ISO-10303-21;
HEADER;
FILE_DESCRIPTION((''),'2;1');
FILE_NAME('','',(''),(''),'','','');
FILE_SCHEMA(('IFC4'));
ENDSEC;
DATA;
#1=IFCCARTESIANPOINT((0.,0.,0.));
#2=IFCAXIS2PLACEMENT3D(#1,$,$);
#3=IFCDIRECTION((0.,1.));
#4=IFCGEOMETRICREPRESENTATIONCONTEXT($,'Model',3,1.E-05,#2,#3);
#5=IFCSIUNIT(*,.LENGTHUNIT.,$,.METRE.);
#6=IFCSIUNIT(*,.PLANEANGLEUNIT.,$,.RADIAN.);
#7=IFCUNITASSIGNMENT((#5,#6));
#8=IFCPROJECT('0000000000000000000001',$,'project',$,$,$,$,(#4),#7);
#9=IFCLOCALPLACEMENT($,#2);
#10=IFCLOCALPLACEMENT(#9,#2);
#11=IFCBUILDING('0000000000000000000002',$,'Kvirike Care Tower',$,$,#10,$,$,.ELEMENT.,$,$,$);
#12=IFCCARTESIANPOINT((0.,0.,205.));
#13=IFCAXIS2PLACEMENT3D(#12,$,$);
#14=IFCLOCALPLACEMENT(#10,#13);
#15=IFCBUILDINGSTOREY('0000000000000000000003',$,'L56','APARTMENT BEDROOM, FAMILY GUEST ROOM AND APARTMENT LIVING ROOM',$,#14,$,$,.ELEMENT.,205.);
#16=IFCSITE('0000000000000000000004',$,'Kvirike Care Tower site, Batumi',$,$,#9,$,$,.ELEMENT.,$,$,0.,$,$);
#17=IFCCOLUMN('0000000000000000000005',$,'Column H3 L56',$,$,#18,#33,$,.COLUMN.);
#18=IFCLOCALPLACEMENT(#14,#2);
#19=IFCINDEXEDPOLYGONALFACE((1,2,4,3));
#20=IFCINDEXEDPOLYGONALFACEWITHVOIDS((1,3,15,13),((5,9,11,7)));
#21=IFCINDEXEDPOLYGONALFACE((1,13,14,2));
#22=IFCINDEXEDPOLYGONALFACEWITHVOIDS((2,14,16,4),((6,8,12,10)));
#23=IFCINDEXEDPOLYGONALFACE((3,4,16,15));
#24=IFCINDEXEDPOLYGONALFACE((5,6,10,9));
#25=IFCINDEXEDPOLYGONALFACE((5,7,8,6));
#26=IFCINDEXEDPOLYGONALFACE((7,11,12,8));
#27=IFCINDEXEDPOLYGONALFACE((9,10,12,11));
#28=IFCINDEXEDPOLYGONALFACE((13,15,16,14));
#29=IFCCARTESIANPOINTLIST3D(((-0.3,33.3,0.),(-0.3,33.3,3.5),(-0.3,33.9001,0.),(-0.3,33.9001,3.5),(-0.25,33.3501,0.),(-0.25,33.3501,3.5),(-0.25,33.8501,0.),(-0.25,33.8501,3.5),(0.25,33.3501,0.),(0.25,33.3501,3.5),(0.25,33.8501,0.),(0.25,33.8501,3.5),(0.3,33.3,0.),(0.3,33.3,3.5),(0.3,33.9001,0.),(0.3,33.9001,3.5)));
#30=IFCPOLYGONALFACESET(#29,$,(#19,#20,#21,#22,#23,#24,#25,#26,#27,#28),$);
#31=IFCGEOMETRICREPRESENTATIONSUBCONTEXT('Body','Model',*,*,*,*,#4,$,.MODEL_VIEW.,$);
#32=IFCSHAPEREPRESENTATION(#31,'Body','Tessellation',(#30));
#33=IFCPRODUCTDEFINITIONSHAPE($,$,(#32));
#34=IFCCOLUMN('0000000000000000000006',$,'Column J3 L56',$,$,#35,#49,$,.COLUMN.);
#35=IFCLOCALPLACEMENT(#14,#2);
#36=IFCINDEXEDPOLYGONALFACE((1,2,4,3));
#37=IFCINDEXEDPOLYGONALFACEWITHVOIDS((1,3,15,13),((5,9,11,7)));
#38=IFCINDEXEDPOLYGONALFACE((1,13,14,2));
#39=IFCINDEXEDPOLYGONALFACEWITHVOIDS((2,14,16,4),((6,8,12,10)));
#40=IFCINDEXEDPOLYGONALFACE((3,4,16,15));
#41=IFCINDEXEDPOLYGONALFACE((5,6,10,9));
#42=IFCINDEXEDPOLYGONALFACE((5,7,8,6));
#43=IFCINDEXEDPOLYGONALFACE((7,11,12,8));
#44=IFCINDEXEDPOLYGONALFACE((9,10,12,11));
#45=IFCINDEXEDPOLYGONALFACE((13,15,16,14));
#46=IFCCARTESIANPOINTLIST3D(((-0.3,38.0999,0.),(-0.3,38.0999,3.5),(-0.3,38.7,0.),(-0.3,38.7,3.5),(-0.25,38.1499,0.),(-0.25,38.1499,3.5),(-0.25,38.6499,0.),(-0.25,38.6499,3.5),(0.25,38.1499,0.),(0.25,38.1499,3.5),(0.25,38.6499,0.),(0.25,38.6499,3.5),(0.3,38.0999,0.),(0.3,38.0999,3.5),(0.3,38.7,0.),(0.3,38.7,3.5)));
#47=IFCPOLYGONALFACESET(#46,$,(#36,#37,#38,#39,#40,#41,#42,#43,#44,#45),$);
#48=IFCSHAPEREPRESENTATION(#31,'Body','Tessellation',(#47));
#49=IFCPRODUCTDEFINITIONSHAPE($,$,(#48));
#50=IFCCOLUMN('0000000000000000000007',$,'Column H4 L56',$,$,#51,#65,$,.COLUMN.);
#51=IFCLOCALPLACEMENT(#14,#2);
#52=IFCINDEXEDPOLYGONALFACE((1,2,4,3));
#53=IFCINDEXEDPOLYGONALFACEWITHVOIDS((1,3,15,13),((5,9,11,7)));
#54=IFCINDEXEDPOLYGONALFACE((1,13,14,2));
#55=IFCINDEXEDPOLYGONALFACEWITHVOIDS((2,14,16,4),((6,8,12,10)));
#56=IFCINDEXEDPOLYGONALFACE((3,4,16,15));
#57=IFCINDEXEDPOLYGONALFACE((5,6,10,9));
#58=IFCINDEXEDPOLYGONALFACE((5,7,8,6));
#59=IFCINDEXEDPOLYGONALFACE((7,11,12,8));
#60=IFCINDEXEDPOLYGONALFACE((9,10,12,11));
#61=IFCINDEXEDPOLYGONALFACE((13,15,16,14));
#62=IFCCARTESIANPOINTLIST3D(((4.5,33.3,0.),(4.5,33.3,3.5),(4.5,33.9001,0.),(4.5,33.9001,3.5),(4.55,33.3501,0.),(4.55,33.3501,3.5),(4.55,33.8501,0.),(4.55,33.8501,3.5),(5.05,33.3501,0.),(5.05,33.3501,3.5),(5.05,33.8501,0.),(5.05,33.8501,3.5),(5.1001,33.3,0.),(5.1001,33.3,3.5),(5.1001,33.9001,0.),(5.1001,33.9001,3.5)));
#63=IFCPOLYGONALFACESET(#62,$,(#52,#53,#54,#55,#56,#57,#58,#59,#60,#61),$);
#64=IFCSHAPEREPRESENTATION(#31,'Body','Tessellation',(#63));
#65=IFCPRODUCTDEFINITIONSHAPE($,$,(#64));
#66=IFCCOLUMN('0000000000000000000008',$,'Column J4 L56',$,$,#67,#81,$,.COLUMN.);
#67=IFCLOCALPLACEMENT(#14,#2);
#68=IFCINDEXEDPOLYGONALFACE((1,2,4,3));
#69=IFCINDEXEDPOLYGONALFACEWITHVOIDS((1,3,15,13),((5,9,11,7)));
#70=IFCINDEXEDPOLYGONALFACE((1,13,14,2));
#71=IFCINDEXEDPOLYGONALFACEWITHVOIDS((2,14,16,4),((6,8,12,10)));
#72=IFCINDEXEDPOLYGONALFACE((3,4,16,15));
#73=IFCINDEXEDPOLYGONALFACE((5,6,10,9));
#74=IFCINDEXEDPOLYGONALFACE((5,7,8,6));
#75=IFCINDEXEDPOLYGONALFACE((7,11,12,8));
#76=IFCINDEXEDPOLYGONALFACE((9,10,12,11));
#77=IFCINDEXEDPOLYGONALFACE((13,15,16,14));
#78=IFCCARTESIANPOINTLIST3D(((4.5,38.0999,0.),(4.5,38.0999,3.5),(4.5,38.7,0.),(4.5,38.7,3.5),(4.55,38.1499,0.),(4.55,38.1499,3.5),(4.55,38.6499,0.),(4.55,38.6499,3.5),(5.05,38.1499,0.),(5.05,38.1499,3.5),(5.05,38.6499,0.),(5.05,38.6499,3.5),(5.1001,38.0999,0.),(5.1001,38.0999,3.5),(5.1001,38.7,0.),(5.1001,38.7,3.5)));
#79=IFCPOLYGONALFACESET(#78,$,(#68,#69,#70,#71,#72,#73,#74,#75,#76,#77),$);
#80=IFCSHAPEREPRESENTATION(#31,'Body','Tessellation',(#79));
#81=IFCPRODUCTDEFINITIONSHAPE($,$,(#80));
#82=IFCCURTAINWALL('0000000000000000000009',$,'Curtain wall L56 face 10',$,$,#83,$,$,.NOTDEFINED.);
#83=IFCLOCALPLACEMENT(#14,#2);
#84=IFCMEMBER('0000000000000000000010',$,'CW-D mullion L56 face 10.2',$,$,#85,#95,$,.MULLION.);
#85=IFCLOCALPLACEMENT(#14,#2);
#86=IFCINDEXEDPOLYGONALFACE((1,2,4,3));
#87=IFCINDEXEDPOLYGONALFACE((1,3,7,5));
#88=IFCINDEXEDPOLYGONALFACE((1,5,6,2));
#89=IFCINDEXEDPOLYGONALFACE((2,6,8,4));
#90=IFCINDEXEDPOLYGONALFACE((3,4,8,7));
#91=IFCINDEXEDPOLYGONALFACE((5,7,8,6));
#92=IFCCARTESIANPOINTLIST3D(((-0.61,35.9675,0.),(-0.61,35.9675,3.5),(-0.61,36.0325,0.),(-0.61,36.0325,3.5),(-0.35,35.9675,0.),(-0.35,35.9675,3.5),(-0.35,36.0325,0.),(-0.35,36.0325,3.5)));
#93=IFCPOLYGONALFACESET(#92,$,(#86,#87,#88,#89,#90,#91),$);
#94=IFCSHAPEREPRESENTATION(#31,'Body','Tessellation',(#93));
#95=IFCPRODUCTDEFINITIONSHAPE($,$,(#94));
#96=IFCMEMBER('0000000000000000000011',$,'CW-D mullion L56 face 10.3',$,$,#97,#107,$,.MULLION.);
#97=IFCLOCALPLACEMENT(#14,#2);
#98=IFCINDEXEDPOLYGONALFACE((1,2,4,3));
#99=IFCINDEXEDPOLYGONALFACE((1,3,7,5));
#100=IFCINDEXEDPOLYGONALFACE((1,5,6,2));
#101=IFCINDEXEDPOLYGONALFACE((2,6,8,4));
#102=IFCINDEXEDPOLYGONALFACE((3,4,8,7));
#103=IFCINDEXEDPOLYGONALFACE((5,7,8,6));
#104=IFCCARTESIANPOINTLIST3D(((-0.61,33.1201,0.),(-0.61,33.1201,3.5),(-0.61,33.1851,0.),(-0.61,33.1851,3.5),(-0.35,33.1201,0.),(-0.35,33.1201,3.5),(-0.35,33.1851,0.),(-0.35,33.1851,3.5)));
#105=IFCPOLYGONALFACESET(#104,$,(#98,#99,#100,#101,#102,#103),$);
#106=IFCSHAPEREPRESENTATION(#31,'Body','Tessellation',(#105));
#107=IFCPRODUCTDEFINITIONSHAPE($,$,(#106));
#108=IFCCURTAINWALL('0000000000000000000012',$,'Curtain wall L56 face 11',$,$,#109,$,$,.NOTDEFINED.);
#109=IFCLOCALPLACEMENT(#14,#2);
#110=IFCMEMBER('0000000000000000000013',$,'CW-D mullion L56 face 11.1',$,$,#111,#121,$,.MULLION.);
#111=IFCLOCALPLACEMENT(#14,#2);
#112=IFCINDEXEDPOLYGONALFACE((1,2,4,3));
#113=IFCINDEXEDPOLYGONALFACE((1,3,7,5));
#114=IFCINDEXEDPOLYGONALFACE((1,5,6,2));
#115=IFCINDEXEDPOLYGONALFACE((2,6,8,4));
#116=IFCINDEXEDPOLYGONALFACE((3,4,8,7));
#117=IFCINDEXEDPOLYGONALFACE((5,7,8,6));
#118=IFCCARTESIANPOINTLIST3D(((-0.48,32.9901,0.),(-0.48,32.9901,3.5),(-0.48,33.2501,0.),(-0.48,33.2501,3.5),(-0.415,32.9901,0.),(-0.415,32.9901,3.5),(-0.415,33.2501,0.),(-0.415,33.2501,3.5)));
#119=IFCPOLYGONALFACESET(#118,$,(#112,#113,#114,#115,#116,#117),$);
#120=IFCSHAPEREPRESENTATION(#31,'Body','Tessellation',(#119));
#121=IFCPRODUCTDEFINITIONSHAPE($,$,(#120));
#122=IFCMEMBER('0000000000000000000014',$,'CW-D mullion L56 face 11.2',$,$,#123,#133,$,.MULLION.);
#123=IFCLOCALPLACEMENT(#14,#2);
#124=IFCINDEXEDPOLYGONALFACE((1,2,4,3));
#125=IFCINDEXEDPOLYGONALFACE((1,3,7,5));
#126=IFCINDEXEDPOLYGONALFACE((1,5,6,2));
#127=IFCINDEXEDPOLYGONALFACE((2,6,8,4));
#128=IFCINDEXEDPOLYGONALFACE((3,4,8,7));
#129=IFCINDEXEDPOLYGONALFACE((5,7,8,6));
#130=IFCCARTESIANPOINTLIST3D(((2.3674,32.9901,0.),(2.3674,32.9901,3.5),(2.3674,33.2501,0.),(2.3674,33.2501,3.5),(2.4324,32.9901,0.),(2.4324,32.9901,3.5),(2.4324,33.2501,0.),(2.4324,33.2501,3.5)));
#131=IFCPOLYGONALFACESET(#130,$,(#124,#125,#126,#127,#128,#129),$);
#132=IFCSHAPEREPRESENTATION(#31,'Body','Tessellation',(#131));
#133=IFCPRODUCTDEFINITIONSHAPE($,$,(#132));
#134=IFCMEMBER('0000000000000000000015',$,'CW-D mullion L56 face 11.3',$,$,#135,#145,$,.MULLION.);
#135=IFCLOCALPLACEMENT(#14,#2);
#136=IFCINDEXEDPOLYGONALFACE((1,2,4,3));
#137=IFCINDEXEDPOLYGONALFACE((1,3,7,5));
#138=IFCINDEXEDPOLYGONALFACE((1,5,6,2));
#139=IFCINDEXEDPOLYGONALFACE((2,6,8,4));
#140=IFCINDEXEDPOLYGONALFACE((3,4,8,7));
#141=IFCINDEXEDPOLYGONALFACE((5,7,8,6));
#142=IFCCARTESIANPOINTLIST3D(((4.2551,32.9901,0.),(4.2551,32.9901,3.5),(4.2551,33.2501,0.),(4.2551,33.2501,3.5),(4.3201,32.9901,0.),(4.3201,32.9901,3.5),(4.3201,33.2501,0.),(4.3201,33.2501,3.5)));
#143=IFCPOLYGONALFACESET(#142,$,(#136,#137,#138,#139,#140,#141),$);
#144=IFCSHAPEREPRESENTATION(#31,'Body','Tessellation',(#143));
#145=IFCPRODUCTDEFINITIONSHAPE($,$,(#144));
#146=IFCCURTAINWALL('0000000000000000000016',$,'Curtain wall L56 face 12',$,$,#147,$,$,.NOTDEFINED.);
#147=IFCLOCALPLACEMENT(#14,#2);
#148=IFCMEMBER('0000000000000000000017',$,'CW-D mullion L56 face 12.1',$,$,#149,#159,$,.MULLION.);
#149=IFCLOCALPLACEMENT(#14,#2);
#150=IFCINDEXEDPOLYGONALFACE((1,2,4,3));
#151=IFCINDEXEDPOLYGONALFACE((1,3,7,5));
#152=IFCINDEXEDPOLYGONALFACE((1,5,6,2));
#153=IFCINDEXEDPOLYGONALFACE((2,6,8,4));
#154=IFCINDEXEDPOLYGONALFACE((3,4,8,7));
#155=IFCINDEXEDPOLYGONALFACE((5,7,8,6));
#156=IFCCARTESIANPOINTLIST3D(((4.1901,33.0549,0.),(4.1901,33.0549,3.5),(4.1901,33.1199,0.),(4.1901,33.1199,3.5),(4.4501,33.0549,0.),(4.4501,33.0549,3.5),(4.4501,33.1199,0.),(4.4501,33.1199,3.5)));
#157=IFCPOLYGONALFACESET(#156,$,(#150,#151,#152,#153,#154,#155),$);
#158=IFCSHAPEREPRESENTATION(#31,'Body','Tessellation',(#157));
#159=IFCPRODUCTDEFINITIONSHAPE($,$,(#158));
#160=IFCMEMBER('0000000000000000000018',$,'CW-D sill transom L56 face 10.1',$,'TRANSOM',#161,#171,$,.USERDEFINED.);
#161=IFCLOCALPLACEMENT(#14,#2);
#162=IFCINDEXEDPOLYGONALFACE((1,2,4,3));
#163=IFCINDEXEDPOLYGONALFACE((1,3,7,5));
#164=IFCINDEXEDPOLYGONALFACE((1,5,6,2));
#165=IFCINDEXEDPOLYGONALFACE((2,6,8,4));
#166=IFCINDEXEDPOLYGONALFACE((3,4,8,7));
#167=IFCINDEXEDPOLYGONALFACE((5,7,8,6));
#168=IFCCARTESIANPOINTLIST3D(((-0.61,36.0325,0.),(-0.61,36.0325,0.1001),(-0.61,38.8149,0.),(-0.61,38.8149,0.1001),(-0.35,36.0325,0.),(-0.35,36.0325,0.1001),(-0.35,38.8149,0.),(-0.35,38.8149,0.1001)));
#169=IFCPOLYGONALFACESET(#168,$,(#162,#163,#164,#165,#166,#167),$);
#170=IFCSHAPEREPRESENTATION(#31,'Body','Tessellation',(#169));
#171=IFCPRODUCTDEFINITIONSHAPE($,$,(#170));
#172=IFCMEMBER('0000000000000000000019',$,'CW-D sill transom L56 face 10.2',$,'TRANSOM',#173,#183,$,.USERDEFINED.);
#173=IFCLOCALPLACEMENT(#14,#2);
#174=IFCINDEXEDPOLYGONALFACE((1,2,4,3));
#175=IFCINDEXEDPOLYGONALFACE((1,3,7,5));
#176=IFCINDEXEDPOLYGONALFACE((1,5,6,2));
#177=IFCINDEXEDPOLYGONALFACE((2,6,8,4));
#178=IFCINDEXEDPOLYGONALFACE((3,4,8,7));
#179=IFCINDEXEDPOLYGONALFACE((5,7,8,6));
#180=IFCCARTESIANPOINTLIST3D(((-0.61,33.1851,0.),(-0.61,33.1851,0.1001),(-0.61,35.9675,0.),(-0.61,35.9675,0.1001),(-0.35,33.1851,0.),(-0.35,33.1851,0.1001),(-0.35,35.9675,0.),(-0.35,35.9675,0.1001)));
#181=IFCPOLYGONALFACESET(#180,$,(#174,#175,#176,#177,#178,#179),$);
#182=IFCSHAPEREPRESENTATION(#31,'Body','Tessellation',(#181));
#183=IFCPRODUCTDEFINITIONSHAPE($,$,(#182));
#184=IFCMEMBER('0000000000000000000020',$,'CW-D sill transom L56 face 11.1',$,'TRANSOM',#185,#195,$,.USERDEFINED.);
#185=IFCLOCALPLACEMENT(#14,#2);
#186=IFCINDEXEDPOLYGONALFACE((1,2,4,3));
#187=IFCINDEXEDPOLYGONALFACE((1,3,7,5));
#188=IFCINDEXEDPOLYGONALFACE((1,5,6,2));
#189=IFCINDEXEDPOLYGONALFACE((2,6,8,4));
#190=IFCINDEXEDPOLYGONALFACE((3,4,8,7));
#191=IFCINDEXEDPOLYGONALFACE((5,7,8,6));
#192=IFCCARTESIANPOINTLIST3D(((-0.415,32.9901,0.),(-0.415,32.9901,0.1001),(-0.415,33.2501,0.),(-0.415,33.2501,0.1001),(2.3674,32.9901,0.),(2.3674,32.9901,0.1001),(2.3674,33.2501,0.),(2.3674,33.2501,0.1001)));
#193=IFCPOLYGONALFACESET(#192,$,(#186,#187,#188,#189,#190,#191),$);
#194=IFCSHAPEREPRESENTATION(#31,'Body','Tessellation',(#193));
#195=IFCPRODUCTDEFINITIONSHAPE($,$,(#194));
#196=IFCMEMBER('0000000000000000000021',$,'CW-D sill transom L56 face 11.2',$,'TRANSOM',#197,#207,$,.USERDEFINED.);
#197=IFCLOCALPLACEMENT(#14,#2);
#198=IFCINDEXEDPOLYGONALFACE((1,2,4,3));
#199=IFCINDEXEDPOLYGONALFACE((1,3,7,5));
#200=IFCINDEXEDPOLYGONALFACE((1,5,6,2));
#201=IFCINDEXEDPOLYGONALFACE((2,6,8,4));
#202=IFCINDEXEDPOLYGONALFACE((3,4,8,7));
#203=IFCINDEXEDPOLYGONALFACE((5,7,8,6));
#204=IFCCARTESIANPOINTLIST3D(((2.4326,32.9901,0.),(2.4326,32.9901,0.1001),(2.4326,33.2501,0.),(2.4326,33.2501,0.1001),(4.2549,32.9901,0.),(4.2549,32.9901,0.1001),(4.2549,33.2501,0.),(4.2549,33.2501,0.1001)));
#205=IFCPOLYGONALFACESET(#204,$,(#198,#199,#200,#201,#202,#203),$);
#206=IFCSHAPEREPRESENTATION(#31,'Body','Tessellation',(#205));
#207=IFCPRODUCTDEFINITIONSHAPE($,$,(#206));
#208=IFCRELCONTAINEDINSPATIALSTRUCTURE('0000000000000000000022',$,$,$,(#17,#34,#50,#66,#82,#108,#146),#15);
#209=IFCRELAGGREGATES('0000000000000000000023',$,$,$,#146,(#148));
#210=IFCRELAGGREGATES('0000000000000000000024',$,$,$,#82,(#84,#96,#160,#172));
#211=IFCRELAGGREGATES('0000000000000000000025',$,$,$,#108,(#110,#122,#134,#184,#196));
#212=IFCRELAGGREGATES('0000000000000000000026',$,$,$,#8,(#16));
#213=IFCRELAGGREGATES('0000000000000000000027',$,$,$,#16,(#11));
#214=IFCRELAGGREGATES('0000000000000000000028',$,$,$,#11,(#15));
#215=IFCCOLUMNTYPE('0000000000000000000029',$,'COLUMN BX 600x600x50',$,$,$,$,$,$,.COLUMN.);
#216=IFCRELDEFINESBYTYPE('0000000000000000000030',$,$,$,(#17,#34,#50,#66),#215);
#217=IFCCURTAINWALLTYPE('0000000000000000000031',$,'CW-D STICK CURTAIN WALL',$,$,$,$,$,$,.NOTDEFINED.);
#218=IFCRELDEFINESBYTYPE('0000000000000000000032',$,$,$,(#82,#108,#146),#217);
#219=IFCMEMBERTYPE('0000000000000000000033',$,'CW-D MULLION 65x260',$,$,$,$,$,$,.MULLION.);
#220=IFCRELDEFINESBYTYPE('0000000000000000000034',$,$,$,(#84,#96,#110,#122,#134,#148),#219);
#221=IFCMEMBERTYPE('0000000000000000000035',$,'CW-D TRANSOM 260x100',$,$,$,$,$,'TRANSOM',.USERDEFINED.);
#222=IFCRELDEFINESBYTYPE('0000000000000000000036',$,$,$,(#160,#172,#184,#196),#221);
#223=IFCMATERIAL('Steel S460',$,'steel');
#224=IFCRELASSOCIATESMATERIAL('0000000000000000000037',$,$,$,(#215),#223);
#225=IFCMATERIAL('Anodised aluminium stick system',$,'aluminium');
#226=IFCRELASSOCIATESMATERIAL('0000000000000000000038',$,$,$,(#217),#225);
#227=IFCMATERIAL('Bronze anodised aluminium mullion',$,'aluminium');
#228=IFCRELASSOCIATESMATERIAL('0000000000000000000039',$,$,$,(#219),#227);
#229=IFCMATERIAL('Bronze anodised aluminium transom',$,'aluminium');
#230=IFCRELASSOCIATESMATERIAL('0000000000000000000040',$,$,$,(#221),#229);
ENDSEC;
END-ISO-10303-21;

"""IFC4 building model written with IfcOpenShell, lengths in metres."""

from ifc_helpers import new_model, si_unit, direction, frame, origin, origin_2d, place, context, subcontext, project, spatial, rectangle, hollow_rectangle, extrude, material, material_profile, profile_set, type_object, element, aggregate, save


model = new_model("IFC4")

# Units and contexts
model_context = context("Model", 3, precision=1e-05, world=origin(), true_north=direction((0.0, 1.0)))
body_context = subcontext(model_context, "Body", "Model", "MODEL_VIEW")
ifc_project = project(units=[si_unit("LENGTHUNIT", "METRE"), si_unit("PLANEANGLEUNIT", "RADIAN")], contexts=[model_context])

# Site, building, storey
site_placement = place(None, origin())
site = spatial("IfcSite", under=ifc_project, at=site_placement, Name="Kvirike Care Tower site, Batumi", CompositionType="ELEMENT", RefElevation=0.0)
building_placement = place(site_placement, origin())
building = spatial("IfcBuilding", under=site, at=building_placement, Name="Kvirike Care Tower", CompositionType="ELEMENT")
storey_placement = place(building_placement, frame((0.0, 0.0, 205.0)))
storey = spatial("IfcBuildingStorey", under=building, at=storey_placement, Name="L56", Description="APARTMENT BEDROOM, FAMILY GUEST ROOM AND APARTMENT LIVING ROOM", CompositionType="ELEMENT", Elevation=205.0)

# Columns
ifc_material_1 = material(Name="Steel S460", Category="steel")
ifc_material_profile_1 = material_profile(ifc_material_1, hollow_rectangle(XDim=0.6001, YDim=0.6001, WallThickness=0.05, at=origin_2d()), Name="BX 600x600x50")
ifc_profile_set_1 = profile_set([ifc_material_profile_1], Name="Steel S460")
column_type = type_object("IfcColumnType", Name="COLUMN BX 600x600x50", PredefinedType="COLUMN", material=ifc_profile_set_1)
for number, where, z_axis, x_axis, name in (
    (1, (0.0, 33.6001, 0.0), (0.0, 0.0, 1.0), (0.0, 1.0, 0.0), "Column H3 L56"),
    (2, (0.0, 38.3999, 0.0), (0.0, 0.0, 1.0), (0.0, 1.0, 0.0), "Column J3 L56"),
    (3, (4.8, 33.6001, 0.0), (0.0, 0.0, 1.0), (0.0, 1.0, 0.0), "Column H4 L56"),
    (4, (4.8, 38.3999, 0.0), (0.0, 0.0, 1.0), (0.0, 1.0, 0.0), "Column J4 L56"),
):
    element("IfcColumn", number, at=place(storey_placement, frame(where, z_axis=z_axis, x_axis=x_axis)), inside=storey, type_object=column_type, Name=name, PredefinedType="COLUMN", context=body_context, shape_type="SweptSolid", body=[
        extrude(hollow_rectangle(XDim=0.6001, YDim=0.6001, WallThickness=0.05, at=origin_2d()), origin(), (0.0, 0.0, 1.0), 3.5),
    ])

# Curtain walls, members
ifc_material_2 = material(Name="Anodised aluminium stick system", Category="aluminium")
curtain_wall_type = type_object("IfcCurtainWallType", Name="CW-D STICK CURTAIN WALL", PredefinedType="NOTDEFINED", material=ifc_material_2)
curtain_wall_1_placement = place(storey_placement, origin())
curtain_wall_1 = element("IfcCurtainWall", 5, at=curtain_wall_1_placement, inside=storey, type_object=curtain_wall_type, Name="Curtain wall L56 face 10", PredefinedType="NOTDEFINED")
ifc_material_3 = material(Name="Bronze anodised aluminium mullion", Category="aluminium")
ifc_material_profile_2 = material_profile(ifc_material_3, rectangle(XDim=0.0649, YDim=0.26, at=origin_2d()), Name="CW-D MULLION 65x260")
ifc_profile_set_2 = profile_set([ifc_material_profile_2], Name="Bronze anodised aluminium mullion")
member_type_1 = type_object("IfcMemberType", Name="CW-D MULLION 65x260", PredefinedType="MULLION", material=ifc_profile_set_2)
member_1_placement = place(storey_placement, frame((-0.48, 36.0, 0.0), z_axis=(0.0, 0.0, 1.0), x_axis=(0.0, -1.0, 0.0)))
member_1 = element("IfcMember", 6, at=member_1_placement, type_object=member_type_1, Name="CW-D mullion L56 face 10.2", PredefinedType="MULLION", context=body_context, shape_type="SweptSolid", body=[
    extrude(rectangle(XDim=0.0649, YDim=0.26, at=origin_2d()), origin(), (0.0, 0.0, 1.0), 3.5),
])
member_2_placement = place(storey_placement, frame((-0.48, 33.1526, 0.0), z_axis=(0.0, 0.0, 1.0), x_axis=(0.0, -1.0, 0.0)))
member_2 = element("IfcMember", 7, at=member_2_placement, type_object=member_type_1, Name="CW-D mullion L56 face 10.3", PredefinedType="MULLION", context=body_context, shape_type="SweptSolid", body=[
    extrude(rectangle(XDim=0.0649, YDim=0.26, at=origin_2d()), origin(), (0.0, 0.0, 1.0), 3.5),
])
curtain_wall_2_placement = place(storey_placement, origin())
curtain_wall_2 = element("IfcCurtainWall", 8, at=curtain_wall_2_placement, inside=storey, type_object=curtain_wall_type, Name="Curtain wall L56 face 11", PredefinedType="NOTDEFINED")
member_3_placement = place(storey_placement, frame((-0.4475, 33.1201, 0.0), z_axis=(0.0, 0.0, 1.0), x_axis=(1.0, 0.0, 0.0)))
member_3 = element("IfcMember", 9, at=member_3_placement, type_object=member_type_1, Name="CW-D mullion L56 face 11.1", PredefinedType="MULLION", context=body_context, shape_type="SweptSolid", body=[
    extrude(rectangle(XDim=0.0649, YDim=0.26, at=origin_2d()), origin(), (0.0, 0.0, 1.0), 3.5),
])
member_4_placement = place(storey_placement, frame((2.3999, 33.1201, 0.0), z_axis=(0.0, 0.0, 1.0), x_axis=(1.0, 0.0, 0.0)))
member_4 = element("IfcMember", 10, at=member_4_placement, type_object=member_type_1, Name="CW-D mullion L56 face 11.2", PredefinedType="MULLION", context=body_context, shape_type="SweptSolid", body=[
    extrude(rectangle(XDim=0.0649, YDim=0.26, at=origin_2d()), origin(), (0.0, 0.0, 1.0), 3.5),
])
member_5_placement = place(storey_placement, frame((4.2876, 33.1201, 0.0), z_axis=(0.0, 0.0, 1.0), x_axis=(1.0, 0.0, 0.0)))
member_5 = element("IfcMember", 11, at=member_5_placement, type_object=member_type_1, Name="CW-D mullion L56 face 11.3", PredefinedType="MULLION", context=body_context, shape_type="SweptSolid", body=[
    extrude(rectangle(XDim=0.0649, YDim=0.26, at=origin_2d()), origin(), (0.0, 0.0, 1.0), 3.5),
])

# Curtain wall, member
curtain_wall_3_placement = place(storey_placement, origin())
curtain_wall_3 = element("IfcCurtainWall", 12, at=curtain_wall_3_placement, inside=storey, type_object=curtain_wall_type, Name="Curtain wall L56 face 12", PredefinedType="NOTDEFINED")
member_6_placement = place(storey_placement, frame((4.3201, 33.0874, 0.0), z_axis=(0.0, 0.0, 1.0), x_axis=(0.0, -1.0, 0.0)))
member_6 = element("IfcMember", 13, at=member_6_placement, type_object=member_type_1, Name="CW-D mullion L56 face 12.1", PredefinedType="MULLION", context=body_context, shape_type="SweptSolid", body=[
    extrude(rectangle(XDim=0.0649, YDim=0.26, at=origin_2d()), origin(), (0.0, 0.0, 1.0), 3.5),
])
aggregate(curtain_wall_3, [member_6])

# Members
ifc_material_4 = material(Name="Bronze anodised aluminium transom", Category="aluminium")
ifc_material_profile_3 = material_profile(ifc_material_4, rectangle(XDim=0.26, YDim=0.1001, at=origin_2d()), Name="CW-D TRANSOM 260x100")
ifc_profile_set_3 = profile_set([ifc_material_profile_3], Name="Bronze anodised aluminium transom")
member_type_2 = type_object("IfcMemberType", Name="CW-D TRANSOM 260x100", ElementType="TRANSOM", PredefinedType="USERDEFINED", material=ifc_profile_set_3)
member_7_placement = place(storey_placement, frame((-0.48, 38.8149, 0.05), z_axis=(0.0, -1.0, 0.0), x_axis=(1.0, 0.0, 0.0)))
member_7 = element("IfcMember", 14, at=member_7_placement, type_object=member_type_2, Name="CW-D sill transom L56 face 10.1", ObjectType="TRANSOM", PredefinedType="USERDEFINED", context=body_context, shape_type="SweptSolid", body=[
    extrude(rectangle(XDim=0.26, YDim=0.1001, at=origin_2d()), origin(), (0.0, 0.0, 1.0), 2.7825),
])
member_8_placement = place(storey_placement, frame((-0.48, 35.9675, 0.05), z_axis=(0.0, -1.0, 0.0), x_axis=(1.0, 0.0, 0.0)))
member_8 = element("IfcMember", 15, at=member_8_placement, type_object=member_type_2, Name="CW-D sill transom L56 face 10.2", ObjectType="TRANSOM", PredefinedType="USERDEFINED", context=body_context, shape_type="SweptSolid", body=[
    extrude(rectangle(XDim=0.26, YDim=0.1001, at=origin_2d()), origin(), (0.0, 0.0, 1.0), 2.7825),
])
member_9_placement = place(storey_placement, frame((-0.415, 33.1201, 0.05), z_axis=(1.0, 0.0, 0.0), x_axis=(0.0, 1.0, 0.0)))
member_9 = element("IfcMember", 16, at=member_9_placement, type_object=member_type_2, Name="CW-D sill transom L56 face 11.1", ObjectType="TRANSOM", PredefinedType="USERDEFINED", context=body_context, shape_type="SweptSolid", body=[
    extrude(rectangle(XDim=0.26, YDim=0.1001, at=origin_2d()), origin(), (0.0, 0.0, 1.0), 2.7825),
])
member_10_placement = place(storey_placement, frame((2.4326, 33.1201, 0.05), z_axis=(1.0, 0.0, 0.0), x_axis=(0.0, 1.0, 0.0)))
member_10 = element("IfcMember", 17, at=member_10_placement, type_object=member_type_2, Name="CW-D sill transom L56 face 11.2", ObjectType="TRANSOM", PredefinedType="USERDEFINED", context=body_context, shape_type="SweptSolid", body=[
    extrude(rectangle(XDim=0.26, YDim=0.1001, at=origin_2d()), origin(), (0.0, 0.0, 1.0), 1.8223),
])

aggregate(curtain_wall_1, [member_1, member_2, member_7, member_8])
aggregate(curtain_wall_2, [member_3, member_4, member_5, member_9, member_10])

save(model, "model.ifc")
